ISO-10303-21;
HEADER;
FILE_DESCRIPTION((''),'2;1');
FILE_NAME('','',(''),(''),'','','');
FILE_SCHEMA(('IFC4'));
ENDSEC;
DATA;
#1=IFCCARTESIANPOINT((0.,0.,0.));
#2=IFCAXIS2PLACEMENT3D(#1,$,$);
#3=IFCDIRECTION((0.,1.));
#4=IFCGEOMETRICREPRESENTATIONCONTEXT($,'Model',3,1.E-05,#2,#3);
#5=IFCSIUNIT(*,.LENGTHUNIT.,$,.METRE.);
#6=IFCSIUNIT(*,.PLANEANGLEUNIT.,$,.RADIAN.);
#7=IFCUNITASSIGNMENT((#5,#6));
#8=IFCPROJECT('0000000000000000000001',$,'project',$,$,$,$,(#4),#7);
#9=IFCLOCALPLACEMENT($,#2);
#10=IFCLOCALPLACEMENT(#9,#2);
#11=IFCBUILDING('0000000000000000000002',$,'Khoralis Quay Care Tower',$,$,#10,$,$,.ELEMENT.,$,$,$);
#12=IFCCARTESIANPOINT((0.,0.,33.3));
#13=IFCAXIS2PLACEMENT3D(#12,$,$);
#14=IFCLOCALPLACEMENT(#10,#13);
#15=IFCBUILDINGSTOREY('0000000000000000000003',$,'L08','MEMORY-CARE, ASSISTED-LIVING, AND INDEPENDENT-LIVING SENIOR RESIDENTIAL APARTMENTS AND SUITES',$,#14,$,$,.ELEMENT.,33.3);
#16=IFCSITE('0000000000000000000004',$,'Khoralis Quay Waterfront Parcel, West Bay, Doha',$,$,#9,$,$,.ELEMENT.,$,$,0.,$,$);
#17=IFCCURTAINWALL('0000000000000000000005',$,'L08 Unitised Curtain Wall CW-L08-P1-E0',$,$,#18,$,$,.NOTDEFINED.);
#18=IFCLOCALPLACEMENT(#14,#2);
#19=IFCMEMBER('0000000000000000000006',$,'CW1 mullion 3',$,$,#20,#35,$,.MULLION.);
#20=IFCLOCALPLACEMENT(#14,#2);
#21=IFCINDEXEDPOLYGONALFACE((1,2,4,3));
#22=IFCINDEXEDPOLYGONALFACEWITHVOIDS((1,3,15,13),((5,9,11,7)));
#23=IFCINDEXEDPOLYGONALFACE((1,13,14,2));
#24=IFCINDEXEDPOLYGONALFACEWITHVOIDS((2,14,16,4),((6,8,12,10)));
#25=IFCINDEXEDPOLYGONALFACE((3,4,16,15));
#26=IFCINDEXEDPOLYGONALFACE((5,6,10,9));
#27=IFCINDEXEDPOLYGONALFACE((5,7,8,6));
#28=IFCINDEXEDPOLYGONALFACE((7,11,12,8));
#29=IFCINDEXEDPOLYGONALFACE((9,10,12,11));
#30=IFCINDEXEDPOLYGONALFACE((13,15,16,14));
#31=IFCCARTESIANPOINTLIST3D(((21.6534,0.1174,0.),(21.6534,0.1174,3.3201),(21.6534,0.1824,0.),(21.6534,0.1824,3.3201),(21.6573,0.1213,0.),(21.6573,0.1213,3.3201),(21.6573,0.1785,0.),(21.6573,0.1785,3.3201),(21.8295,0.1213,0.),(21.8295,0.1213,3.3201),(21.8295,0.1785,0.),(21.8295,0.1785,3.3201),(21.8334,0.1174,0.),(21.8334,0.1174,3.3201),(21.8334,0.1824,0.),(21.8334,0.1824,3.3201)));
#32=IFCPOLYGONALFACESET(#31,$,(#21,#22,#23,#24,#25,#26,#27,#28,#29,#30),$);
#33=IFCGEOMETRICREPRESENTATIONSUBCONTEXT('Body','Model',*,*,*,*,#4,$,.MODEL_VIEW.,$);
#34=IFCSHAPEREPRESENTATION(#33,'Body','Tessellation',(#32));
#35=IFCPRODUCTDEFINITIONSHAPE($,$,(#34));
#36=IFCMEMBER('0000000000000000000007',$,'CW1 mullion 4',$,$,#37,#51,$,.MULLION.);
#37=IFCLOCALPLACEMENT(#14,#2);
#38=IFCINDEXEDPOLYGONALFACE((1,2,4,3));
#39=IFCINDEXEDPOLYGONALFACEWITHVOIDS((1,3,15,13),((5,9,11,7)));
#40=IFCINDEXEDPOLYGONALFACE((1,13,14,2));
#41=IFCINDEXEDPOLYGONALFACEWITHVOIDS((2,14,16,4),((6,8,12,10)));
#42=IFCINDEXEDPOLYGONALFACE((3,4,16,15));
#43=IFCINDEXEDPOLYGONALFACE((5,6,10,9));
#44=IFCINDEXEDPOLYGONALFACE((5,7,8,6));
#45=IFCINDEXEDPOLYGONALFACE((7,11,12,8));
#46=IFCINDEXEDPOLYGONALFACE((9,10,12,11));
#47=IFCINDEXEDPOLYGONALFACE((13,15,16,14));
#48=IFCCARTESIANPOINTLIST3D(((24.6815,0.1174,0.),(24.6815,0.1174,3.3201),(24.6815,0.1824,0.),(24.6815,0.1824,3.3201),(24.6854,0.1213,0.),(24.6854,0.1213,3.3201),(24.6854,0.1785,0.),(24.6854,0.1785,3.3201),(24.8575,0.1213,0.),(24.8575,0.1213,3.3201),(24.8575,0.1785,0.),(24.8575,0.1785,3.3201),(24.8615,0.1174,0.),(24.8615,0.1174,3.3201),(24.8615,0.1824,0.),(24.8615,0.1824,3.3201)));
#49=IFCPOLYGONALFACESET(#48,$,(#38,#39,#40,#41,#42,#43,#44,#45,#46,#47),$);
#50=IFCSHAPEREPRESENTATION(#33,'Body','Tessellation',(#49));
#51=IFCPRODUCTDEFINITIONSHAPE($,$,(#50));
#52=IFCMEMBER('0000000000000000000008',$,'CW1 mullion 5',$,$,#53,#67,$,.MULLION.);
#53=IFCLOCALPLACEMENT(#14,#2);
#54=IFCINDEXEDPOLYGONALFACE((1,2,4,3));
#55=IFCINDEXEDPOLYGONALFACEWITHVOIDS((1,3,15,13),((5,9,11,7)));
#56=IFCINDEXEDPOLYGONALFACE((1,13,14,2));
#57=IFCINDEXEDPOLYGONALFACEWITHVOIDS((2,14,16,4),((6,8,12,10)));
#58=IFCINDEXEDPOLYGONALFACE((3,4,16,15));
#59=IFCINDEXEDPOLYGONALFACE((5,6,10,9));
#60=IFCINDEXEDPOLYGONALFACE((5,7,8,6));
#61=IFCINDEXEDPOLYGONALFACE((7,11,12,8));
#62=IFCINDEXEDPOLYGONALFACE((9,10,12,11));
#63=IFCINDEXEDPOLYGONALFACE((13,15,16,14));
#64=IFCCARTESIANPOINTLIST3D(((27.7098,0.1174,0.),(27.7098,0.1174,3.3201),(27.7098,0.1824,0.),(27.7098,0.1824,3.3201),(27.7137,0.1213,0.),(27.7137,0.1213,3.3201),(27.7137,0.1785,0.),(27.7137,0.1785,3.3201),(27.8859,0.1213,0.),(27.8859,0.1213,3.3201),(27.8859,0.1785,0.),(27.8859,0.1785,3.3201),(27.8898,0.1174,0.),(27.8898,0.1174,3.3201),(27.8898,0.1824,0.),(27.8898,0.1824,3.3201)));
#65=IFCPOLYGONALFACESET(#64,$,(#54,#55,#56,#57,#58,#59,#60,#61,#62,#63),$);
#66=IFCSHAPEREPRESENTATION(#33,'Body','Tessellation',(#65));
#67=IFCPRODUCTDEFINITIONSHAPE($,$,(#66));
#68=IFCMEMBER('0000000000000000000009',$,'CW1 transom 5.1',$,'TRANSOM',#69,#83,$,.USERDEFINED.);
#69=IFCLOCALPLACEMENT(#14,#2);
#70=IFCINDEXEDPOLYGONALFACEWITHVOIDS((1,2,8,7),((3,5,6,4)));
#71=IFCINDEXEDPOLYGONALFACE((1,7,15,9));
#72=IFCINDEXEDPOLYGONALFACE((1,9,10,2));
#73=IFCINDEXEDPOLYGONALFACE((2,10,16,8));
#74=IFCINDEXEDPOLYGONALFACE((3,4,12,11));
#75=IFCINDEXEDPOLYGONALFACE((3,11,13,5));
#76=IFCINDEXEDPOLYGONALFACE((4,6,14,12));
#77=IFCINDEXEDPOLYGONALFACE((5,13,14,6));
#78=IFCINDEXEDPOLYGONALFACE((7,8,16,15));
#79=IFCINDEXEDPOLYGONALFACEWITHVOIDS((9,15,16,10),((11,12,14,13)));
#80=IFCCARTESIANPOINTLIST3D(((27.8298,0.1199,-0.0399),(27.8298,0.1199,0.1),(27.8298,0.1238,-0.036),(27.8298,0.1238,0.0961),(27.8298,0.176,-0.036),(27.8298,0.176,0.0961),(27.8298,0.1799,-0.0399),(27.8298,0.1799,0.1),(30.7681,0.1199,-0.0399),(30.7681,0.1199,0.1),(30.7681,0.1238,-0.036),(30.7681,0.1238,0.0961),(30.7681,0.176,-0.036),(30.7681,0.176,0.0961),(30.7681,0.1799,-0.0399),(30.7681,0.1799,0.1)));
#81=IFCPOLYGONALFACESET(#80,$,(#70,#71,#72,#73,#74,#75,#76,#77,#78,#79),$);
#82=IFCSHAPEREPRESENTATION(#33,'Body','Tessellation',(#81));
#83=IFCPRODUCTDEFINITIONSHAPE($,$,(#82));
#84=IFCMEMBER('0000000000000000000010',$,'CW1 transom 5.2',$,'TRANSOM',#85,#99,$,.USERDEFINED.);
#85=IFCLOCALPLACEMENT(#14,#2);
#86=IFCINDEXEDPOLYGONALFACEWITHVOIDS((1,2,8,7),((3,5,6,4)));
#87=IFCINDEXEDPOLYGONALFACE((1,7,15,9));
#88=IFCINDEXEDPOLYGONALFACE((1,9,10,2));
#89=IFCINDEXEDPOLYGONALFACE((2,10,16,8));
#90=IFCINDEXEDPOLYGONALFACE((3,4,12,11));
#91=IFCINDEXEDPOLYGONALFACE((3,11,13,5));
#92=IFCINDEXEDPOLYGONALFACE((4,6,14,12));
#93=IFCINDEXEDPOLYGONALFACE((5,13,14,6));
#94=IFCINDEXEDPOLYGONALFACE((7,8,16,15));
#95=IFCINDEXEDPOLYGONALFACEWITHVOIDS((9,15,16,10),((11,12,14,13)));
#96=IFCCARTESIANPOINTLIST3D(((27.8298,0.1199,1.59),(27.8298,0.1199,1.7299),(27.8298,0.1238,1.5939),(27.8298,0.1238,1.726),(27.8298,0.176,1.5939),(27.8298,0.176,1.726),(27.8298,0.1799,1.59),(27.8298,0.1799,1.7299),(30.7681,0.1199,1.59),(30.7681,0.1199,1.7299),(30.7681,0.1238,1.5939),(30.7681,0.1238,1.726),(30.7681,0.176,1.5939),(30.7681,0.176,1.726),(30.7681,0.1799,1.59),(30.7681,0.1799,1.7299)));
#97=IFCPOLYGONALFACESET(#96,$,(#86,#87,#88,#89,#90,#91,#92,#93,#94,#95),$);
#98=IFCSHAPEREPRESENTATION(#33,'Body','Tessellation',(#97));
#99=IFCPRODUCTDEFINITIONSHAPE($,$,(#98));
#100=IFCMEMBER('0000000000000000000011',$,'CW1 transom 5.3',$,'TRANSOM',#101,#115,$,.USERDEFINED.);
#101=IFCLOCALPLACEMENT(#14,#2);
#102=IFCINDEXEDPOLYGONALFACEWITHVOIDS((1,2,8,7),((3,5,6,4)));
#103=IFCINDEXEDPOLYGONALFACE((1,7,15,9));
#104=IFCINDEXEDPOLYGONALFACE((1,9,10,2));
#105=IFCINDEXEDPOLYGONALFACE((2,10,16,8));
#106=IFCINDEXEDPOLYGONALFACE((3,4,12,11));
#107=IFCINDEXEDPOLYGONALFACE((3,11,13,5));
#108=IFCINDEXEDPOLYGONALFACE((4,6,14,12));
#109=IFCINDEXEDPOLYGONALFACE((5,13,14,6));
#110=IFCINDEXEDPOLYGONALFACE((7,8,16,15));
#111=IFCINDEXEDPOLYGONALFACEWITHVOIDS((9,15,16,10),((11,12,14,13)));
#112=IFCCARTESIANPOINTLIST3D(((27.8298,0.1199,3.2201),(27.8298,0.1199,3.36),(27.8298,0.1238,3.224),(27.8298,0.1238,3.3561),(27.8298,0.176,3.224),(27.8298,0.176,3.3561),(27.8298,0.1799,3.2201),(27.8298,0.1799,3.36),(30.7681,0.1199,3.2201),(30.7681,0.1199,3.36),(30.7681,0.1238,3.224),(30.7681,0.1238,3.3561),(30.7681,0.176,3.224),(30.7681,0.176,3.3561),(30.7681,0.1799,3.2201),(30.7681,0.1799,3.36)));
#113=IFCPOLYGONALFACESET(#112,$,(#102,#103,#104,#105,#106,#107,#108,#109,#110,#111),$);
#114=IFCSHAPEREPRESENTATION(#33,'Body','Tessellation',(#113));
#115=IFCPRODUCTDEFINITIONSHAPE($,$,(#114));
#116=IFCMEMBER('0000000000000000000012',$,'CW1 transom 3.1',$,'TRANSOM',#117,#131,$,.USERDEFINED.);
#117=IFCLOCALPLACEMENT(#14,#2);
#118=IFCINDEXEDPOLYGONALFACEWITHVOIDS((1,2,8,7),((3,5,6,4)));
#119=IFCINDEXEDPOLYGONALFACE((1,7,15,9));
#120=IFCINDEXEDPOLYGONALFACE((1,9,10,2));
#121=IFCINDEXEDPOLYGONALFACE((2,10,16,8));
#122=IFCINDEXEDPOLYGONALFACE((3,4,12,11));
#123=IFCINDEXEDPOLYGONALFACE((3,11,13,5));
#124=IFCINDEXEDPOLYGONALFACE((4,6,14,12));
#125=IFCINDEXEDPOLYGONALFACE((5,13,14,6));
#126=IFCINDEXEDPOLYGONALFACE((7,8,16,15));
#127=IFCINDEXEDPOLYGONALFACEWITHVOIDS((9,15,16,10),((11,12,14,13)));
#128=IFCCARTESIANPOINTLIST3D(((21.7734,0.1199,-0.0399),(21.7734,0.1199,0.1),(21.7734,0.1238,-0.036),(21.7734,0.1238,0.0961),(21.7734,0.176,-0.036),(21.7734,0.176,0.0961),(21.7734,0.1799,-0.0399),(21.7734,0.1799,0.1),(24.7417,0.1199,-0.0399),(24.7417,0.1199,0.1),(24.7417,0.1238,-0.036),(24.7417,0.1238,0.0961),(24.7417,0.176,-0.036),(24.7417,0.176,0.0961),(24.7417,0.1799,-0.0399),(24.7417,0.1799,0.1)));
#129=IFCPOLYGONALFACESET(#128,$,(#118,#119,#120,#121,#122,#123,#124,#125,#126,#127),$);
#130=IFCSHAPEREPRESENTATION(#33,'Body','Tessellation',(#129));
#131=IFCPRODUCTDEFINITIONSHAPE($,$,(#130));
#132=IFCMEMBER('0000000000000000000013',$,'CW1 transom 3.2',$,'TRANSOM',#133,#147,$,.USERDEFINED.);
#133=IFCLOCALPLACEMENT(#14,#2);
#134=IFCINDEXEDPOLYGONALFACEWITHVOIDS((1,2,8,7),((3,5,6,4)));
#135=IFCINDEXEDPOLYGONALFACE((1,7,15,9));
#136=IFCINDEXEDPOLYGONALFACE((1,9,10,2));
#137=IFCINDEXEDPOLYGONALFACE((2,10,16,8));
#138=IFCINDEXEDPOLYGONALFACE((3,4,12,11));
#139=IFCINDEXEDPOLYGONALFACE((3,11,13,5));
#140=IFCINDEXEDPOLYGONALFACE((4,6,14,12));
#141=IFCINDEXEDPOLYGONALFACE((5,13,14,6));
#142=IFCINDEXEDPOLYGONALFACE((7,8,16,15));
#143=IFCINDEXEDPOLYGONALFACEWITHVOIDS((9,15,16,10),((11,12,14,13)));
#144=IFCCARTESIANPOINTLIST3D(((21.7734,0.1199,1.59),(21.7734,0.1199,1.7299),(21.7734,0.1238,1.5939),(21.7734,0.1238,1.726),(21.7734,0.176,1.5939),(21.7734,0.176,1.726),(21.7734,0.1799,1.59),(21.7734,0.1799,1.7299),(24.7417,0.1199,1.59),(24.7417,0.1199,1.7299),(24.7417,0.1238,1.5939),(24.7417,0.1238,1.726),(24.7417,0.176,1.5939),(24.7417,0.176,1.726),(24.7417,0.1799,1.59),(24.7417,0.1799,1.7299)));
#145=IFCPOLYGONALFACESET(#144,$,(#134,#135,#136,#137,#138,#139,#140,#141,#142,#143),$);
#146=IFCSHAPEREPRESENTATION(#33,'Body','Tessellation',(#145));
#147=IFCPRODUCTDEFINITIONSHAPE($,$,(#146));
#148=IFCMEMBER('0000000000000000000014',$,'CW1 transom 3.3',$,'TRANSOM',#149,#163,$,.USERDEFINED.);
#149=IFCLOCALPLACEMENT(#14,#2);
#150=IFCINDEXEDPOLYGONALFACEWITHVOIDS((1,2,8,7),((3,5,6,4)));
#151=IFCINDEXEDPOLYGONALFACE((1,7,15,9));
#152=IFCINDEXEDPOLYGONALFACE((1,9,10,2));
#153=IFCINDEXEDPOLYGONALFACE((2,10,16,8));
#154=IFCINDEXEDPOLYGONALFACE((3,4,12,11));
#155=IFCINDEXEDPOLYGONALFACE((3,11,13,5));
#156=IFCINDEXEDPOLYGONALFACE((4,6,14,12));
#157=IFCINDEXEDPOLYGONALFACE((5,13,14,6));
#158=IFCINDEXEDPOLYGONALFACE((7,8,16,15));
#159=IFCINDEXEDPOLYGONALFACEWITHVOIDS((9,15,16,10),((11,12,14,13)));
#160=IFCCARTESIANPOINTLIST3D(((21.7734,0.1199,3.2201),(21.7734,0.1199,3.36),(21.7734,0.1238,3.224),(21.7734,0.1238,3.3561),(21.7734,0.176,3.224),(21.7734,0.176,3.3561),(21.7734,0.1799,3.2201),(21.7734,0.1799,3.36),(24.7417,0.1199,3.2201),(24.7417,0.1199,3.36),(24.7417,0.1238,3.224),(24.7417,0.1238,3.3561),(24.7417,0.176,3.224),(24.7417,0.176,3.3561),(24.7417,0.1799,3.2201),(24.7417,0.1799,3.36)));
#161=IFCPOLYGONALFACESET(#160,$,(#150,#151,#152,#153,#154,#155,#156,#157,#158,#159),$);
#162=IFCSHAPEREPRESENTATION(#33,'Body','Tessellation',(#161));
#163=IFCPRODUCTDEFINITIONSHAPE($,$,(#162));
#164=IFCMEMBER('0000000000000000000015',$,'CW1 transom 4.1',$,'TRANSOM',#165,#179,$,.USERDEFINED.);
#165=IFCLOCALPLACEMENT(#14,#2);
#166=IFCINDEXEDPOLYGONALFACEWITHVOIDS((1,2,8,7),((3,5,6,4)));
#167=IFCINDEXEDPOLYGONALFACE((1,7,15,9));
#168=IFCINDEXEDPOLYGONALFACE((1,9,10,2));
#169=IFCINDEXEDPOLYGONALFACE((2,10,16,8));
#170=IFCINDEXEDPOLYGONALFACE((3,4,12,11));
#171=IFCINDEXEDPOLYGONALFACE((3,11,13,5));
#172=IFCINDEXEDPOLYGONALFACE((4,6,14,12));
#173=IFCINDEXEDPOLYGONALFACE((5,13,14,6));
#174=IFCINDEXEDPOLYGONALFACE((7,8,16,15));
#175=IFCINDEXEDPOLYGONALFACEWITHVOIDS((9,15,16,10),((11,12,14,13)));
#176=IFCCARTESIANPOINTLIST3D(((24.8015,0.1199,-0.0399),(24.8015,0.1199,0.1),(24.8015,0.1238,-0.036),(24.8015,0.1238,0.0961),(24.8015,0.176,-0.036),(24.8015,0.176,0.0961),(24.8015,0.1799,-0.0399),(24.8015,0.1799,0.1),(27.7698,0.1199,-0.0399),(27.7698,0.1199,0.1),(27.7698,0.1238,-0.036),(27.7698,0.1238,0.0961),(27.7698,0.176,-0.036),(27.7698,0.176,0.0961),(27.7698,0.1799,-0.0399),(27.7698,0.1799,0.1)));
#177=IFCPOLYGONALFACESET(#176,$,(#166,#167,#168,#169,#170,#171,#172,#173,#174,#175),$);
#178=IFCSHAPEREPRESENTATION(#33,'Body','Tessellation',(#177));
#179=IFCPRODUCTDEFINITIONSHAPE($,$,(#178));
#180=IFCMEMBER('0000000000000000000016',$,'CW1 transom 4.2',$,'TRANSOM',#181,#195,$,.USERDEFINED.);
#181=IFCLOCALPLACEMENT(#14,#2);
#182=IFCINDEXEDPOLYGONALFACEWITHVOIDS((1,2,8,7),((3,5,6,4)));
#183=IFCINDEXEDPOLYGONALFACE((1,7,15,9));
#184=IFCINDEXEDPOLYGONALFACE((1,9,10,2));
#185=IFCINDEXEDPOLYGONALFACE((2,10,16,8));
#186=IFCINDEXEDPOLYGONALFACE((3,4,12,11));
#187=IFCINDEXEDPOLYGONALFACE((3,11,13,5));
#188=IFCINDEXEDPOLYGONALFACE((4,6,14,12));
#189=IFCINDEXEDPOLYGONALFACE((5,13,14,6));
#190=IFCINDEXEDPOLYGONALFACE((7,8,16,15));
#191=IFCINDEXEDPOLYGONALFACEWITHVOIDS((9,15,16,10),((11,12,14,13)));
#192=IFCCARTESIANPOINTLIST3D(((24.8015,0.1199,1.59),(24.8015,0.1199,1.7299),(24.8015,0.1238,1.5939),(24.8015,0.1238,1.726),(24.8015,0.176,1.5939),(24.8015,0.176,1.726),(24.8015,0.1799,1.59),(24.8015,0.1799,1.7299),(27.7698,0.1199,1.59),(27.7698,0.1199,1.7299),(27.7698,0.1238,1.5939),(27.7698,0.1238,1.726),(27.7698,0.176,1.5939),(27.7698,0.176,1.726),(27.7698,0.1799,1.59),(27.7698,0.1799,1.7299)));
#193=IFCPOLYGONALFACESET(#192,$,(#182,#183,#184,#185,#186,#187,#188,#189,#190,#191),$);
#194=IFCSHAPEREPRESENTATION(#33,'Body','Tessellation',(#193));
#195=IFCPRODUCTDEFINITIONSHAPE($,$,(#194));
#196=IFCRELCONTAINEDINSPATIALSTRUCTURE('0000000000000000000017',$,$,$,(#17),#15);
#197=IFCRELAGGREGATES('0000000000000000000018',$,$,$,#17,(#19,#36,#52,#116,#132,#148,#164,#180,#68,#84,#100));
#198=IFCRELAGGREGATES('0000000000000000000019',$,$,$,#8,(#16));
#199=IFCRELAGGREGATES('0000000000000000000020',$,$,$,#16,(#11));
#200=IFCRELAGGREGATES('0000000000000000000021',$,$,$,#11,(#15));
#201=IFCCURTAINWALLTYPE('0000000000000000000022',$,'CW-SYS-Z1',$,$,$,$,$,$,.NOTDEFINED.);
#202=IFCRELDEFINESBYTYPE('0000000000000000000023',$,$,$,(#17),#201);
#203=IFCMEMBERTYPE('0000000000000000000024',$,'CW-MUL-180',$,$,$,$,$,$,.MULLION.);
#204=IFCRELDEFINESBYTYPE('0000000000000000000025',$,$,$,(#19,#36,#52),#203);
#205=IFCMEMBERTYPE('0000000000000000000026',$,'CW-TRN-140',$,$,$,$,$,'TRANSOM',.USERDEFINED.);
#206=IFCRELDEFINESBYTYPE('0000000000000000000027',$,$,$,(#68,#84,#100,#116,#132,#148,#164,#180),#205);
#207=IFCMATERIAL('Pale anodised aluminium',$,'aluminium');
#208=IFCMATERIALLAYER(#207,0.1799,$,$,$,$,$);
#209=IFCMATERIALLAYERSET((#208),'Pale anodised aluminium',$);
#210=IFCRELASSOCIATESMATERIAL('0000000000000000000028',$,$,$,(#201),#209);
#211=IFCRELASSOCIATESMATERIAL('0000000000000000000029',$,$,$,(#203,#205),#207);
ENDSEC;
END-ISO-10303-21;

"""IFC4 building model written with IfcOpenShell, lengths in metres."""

from ifc_helpers import new_model, si_unit, direction, frame, origin, origin_2d, place, context, subcontext, project, spatial, hollow_rectangle, extrude, source, transform, mapped, material, layer, layer_set, material_profile, profile_set, type_object, element, aggregate, save


model = new_model("IFC4")

# Units and contexts
model_context = context("Model", 3, precision=1e-05, world=origin(), true_north=direction((0.0, 1.0)))
body_context = subcontext(model_context, "Body", "Model", "MODEL_VIEW")
ifc_project = project(units=[si_unit("LENGTHUNIT", "METRE"), si_unit("PLANEANGLEUNIT", "RADIAN")], contexts=[model_context])

# Site, building, storey
site_placement = place(None, origin())
site = spatial("IfcSite", under=ifc_project, at=site_placement, Name="Khoralis Quay Waterfront Parcel, West Bay, Doha", CompositionType="ELEMENT", RefElevation=0.0)
building_placement = place(site_placement, origin())
building = spatial("IfcBuilding", under=site, at=building_placement, Name="Khoralis Quay Care Tower", CompositionType="ELEMENT")
storey_placement = place(building_placement, frame((0.0, 0.0, 33.3)))
storey = spatial("IfcBuildingStorey", under=building, at=storey_placement, Name="L08", Description="MEMORY-CARE, ASSISTED-LIVING, AND INDEPENDENT-LIVING SENIOR RESIDENTIAL APARTMENTS AND SUITES", CompositionType="ELEMENT", Elevation=33.3)

# Curtain wall, members
ifc_material_1 = material(Name="Pale anodised aluminium", Category="aluminium")
ifc_layer_1 = layer(ifc_material_1, 0.1799)
ifc_layer_set_1 = layer_set([ifc_layer_1], Name="Pale anodised aluminium")
curtain_wall_type = type_object("IfcCurtainWallType", Name="CW-SYS-Z1", PredefinedType="NOTDEFINED", material=ifc_layer_set_1)
curtain_wall_placement = place(storey_placement, origin())
curtain_wall = element("IfcCurtainWall", 1, at=curtain_wall_placement, inside=storey, type_object=curtain_wall_type, Name="L08 Unitised Curtain Wall CW-L08-P1-E0", PredefinedType="NOTDEFINED")
ifc_material_profile_1 = material_profile(ifc_material_1, hollow_rectangle(XDim=0.0649, YDim=0.1799, WallThickness=0.0039, at=origin_2d()), Name="Pale anodised aluminium")
ifc_profile_set_1 = profile_set([ifc_material_profile_1], Name="Pale anodised aluminium")
member_type_1 = type_object("IfcMemberType", Name="CW-MUL-180", PredefinedType="MULLION", material=ifc_profile_set_1)
shared_shape_1 = source(origin(), body_context, "Body", "SweptSolid", [
    extrude(hollow_rectangle(XDim=0.0649, YDim=0.1799, WallThickness=0.0039, at=origin_2d()), origin(), (0.0, 0.0, 1.0), 3.3201),
])
member_1_placement = place(storey_placement, frame((21.7434, 0.1499, 0.0), z_axis=(0.0, 0.0, 1.0), x_axis=(0.0, 1.0, 0.0)))
member_1 = element("IfcMember", 2, at=member_1_placement, type_object=member_type_1, Name="CW1 mullion 3", PredefinedType="MULLION", context=body_context, shape_type="MappedRepresentation", body=[
    mapped(shared_shape_1, transform((0.0, 0.0, 0.0), scale=1.0)),
])
member_2_placement = place(storey_placement, frame((24.7715, 0.1499, 0.0), z_axis=(0.0, 0.0, 1.0), x_axis=(0.0, 1.0, 0.0)))
member_2 = element("IfcMember", 3, at=member_2_placement, type_object=member_type_1, Name="CW1 mullion 4", PredefinedType="MULLION", context=body_context, shape_type="MappedRepresentation", body=[
    mapped(shared_shape_1, transform((0.0, 0.0, 0.0), scale=1.0)),
])
member_3_placement = place(storey_placement, frame((27.7998, 0.1499, 0.0), z_axis=(0.0, 0.0, 1.0), x_axis=(0.0, 1.0, 0.0)))
member_3 = element("IfcMember", 4, at=member_3_placement, type_object=member_type_1, Name="CW1 mullion 5", PredefinedType="MULLION", context=body_context, shape_type="MappedRepresentation", body=[
    mapped(shared_shape_1, transform((0.0, 0.0, 0.0), scale=1.0)),
])
ifc_material_profile_2 = material_profile(ifc_material_1, hollow_rectangle(XDim=0.0601, YDim=0.1399, WallThickness=0.0039, at=origin_2d()), Name="Pale anodised aluminium")
ifc_profile_set_2 = profile_set([ifc_material_profile_2], Name="Pale anodised aluminium")
member_type_2 = type_object("IfcMemberType", Name="CW-TRN-140", ElementType="TRANSOM", PredefinedType="USERDEFINED", material=ifc_profile_set_2)
shared_shape_2 = source(origin(), body_context, "Body", "SweptSolid", [
    extrude(hollow_rectangle(XDim=0.0601, YDim=0.1399, WallThickness=0.0039, at=origin_2d()), origin(), (0.0, 0.0, 1.0), 2.9382),
])
member_4_placement = place(storey_placement, frame((27.8298, 0.1499, 0.03), z_axis=(1.0, 0.0, 0.0), x_axis=(0.0, 1.0, 0.0)))
member_4 = element("IfcMember", 5, at=member_4_placement, type_object=member_type_2, Name="CW1 transom 5.1", ObjectType="TRANSOM", PredefinedType="USERDEFINED", context=body_context, shape_type="MappedRepresentation", body=[
    mapped(shared_shape_2, transform((0.0, 0.0, 0.0), scale=1.0)),
])
member_5_placement = place(storey_placement, frame((27.8298, 0.1499, 1.6599), z_axis=(1.0, 0.0, 0.0), x_axis=(0.0, 1.0, 0.0)))
member_5 = element("IfcMember", 6, at=member_5_placement, type_object=member_type_2, Name="CW1 transom 5.2", ObjectType="TRANSOM", PredefinedType="USERDEFINED", context=body_context, shape_type="MappedRepresentation", body=[
    mapped(shared_shape_2, transform((0.0, 0.0, 0.0), scale=1.0)),
])
member_6_placement = place(storey_placement, frame((27.8298, 0.1499, 3.29), z_axis=(1.0, 0.0, 0.0), x_axis=(0.0, 1.0, 0.0)))
member_6 = element("IfcMember", 7, at=member_6_placement, type_object=member_type_2, Name="CW1 transom 5.3", ObjectType="TRANSOM", PredefinedType="USERDEFINED", context=body_context, shape_type="MappedRepresentation", body=[
    mapped(shared_shape_2, transform((0.0, 0.0, 0.0), scale=1.0)),
])
shared_shape_3 = source(origin(), body_context, "Body", "SweptSolid", [
    extrude(hollow_rectangle(XDim=0.0601, YDim=0.1399, WallThickness=0.0039, at=origin_2d()), origin(), (0.0, 0.0, 1.0), 2.9683),
])
member_7_placement = place(storey_placement, frame((21.7734, 0.1499, 0.03), z_axis=(1.0, 0.0, 0.0), x_axis=(0.0, 1.0, 0.0)))
member_7 = element("IfcMember", 8, at=member_7_placement, type_object=member_type_2, Name="CW1 transom 3.1", ObjectType="TRANSOM", PredefinedType="USERDEFINED", context=body_context, shape_type="MappedRepresentation", body=[
    mapped(shared_shape_3, transform((0.0, 0.0, 0.0), scale=1.0)),
])
member_8_placement = place(storey_placement, frame((21.7734, 0.1499, 1.6599), z_axis=(1.0, 0.0, 0.0), x_axis=(0.0, 1.0, 0.0)))
member_8 = element("IfcMember", 9, at=member_8_placement, type_object=member_type_2, Name="CW1 transom 3.2", ObjectType="TRANSOM", PredefinedType="USERDEFINED", context=body_context, shape_type="MappedRepresentation", body=[
    mapped(shared_shape_3, transform((0.0, 0.0, 0.0), scale=1.0)),
])
member_9_placement = place(storey_placement, frame((21.7734, 0.1499, 3.29), z_axis=(1.0, 0.0, 0.0), x_axis=(0.0, 1.0, 0.0)))
member_9 = element("IfcMember", 10, at=member_9_placement, type_object=member_type_2, Name="CW1 transom 3.3", ObjectType="TRANSOM", PredefinedType="USERDEFINED", context=body_context, shape_type="MappedRepresentation", body=[
    mapped(shared_shape_3, transform((0.0, 0.0, 0.0), scale=1.0)),
])
member_10_placement = place(storey_placement, frame((24.8015, 0.1499, 0.03), z_axis=(1.0, 0.0, 0.0), x_axis=(0.0, 1.0, 0.0)))
member_10 = element("IfcMember", 11, at=member_10_placement, type_object=member_type_2, Name="CW1 transom 4.1", ObjectType="TRANSOM", PredefinedType="USERDEFINED", context=body_context, shape_type="MappedRepresentation", body=[
    mapped(shared_shape_3, transform((0.0, 0.0, 0.0), scale=1.0)),
])
member_11_placement = place(storey_placement, frame((24.8015, 0.1499, 1.6599), z_axis=(1.0, 0.0, 0.0), x_axis=(0.0, 1.0, 0.0)))
member_11 = element("IfcMember", 12, at=member_11_placement, type_object=member_type_2, Name="CW1 transom 4.2", ObjectType="TRANSOM", PredefinedType="USERDEFINED", context=body_context, shape_type="MappedRepresentation", body=[
    mapped(shared_shape_3, transform((0.0, 0.0, 0.0), scale=1.0)),
])
aggregate(curtain_wall, [member_1, member_2, member_3, member_7, member_8, member_9, member_10, member_11, member_4, member_5, member_6])

save(model, "model.ifc")
